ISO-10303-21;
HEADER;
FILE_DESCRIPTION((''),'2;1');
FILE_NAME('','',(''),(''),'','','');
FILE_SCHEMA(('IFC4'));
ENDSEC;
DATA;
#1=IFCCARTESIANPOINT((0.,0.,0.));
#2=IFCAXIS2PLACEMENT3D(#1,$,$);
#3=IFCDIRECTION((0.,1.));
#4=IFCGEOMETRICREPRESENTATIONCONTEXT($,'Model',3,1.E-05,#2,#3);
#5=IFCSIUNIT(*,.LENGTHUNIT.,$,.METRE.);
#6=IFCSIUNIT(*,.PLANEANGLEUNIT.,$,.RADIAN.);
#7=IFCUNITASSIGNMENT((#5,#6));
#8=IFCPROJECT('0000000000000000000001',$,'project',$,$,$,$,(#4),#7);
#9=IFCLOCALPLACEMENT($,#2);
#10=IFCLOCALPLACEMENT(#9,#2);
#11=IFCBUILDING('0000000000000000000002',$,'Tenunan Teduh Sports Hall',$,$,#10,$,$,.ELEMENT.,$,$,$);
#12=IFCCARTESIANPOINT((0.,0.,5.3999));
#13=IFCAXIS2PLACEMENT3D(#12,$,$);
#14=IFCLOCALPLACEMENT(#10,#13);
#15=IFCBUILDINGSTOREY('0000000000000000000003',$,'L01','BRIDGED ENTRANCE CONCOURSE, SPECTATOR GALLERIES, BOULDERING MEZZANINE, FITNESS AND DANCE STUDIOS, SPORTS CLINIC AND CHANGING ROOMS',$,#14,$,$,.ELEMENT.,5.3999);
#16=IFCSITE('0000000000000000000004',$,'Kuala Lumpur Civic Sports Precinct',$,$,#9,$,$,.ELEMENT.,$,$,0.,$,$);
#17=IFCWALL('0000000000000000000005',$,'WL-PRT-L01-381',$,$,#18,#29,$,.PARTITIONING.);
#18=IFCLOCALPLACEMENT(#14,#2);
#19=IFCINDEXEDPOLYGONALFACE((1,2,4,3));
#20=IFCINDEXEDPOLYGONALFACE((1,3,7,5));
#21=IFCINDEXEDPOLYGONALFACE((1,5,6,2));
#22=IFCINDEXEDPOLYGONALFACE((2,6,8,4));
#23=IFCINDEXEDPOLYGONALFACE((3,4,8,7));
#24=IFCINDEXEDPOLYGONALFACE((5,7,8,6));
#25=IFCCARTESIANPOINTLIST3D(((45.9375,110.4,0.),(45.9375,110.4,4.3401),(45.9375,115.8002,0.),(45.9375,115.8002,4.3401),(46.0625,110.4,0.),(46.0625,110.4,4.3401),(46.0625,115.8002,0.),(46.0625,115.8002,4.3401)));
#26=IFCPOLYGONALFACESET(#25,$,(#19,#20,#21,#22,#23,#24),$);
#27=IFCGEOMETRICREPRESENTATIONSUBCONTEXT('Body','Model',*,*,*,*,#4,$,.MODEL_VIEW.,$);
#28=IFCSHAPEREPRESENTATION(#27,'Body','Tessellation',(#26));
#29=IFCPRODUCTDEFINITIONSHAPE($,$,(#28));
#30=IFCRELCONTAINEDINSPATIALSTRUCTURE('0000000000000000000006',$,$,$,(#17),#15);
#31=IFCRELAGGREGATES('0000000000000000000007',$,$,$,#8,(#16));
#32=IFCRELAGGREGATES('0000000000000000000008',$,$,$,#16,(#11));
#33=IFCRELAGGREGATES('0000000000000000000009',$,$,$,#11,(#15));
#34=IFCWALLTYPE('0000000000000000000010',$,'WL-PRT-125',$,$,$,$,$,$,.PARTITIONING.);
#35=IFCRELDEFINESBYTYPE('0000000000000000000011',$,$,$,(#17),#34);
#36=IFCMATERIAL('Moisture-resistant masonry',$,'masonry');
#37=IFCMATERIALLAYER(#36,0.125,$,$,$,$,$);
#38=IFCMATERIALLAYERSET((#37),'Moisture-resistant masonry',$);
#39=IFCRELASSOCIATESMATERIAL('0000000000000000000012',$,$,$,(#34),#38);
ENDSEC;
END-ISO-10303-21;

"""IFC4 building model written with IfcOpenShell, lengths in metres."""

from ifc_helpers import new_model, si_unit, direction, frame, frame_2d, origin, place, context, subcontext, project, spatial, rectangle, extrude, material, layer, layer_set, type_object, element, save


model = new_model("IFC4")

# Units and contexts
model_context = context("Model", 3, precision=1e-05, world=origin(), true_north=direction((0.0, 1.0)))
body_context = subcontext(model_context, "Body", "Model", "MODEL_VIEW")
ifc_project = project(units=[si_unit("LENGTHUNIT", "METRE"), si_unit("PLANEANGLEUNIT", "RADIAN")], contexts=[model_context])

# Site, building, storey
site_placement = place(None, origin())
site = spatial("IfcSite", under=ifc_project, at=site_placement, Name="Kuala Lumpur Civic Sports Precinct", CompositionType="ELEMENT", RefElevation=0.0)
building_placement = place(site_placement, origin())
building = spatial("IfcBuilding", under=site, at=building_placement, Name="Tenunan Teduh Sports Hall", CompositionType="ELEMENT")
storey_placement = place(building_placement, frame((0.0, 0.0, 5.3999)))
storey = spatial("IfcBuildingStorey", under=building, at=storey_placement, Name="L01", Description="BRIDGED ENTRANCE CONCOURSE, SPECTATOR GALLERIES, BOULDERING MEZZANINE, FITNESS AND DANCE STUDIOS, SPORTS CLINIC AND CHANGING ROOMS", CompositionType="ELEMENT", Elevation=5.3999)

# Shared definitions
ifc_material_1 = material(Name="Moisture-resistant masonry", Category="masonry")
ifc_layer_1 = layer(ifc_material_1, 0.125)
ifc_layer_set_1 = layer_set([ifc_layer_1], Name="Moisture-resistant masonry")
wall_type = type_object("IfcWallType", Name="WL-PRT-125", PredefinedType="PARTITIONING", material=ifc_layer_set_1)

# Wall
wall_1_placement = place(storey_placement, frame((46.0, 110.3999, 0.0), z_axis=(0.0, 0.0, 1.0), x_axis=(0.0, 1.0, 0.0)))
element("IfcWall", 1, at=wall_1_placement, inside=storey, type_object=wall_type, Name="WL-PRT-L01-381", PredefinedType="PARTITIONING", context=body_context, shape_type="SweptSolid", body=[
    extrude(rectangle(XDim=5.4001, YDim=0.125, at=frame_2d((2.7002, 0.0))), origin(), (0.0, 0.0, 1.0), 4.3401),
])

save(model, "model.ifc")
